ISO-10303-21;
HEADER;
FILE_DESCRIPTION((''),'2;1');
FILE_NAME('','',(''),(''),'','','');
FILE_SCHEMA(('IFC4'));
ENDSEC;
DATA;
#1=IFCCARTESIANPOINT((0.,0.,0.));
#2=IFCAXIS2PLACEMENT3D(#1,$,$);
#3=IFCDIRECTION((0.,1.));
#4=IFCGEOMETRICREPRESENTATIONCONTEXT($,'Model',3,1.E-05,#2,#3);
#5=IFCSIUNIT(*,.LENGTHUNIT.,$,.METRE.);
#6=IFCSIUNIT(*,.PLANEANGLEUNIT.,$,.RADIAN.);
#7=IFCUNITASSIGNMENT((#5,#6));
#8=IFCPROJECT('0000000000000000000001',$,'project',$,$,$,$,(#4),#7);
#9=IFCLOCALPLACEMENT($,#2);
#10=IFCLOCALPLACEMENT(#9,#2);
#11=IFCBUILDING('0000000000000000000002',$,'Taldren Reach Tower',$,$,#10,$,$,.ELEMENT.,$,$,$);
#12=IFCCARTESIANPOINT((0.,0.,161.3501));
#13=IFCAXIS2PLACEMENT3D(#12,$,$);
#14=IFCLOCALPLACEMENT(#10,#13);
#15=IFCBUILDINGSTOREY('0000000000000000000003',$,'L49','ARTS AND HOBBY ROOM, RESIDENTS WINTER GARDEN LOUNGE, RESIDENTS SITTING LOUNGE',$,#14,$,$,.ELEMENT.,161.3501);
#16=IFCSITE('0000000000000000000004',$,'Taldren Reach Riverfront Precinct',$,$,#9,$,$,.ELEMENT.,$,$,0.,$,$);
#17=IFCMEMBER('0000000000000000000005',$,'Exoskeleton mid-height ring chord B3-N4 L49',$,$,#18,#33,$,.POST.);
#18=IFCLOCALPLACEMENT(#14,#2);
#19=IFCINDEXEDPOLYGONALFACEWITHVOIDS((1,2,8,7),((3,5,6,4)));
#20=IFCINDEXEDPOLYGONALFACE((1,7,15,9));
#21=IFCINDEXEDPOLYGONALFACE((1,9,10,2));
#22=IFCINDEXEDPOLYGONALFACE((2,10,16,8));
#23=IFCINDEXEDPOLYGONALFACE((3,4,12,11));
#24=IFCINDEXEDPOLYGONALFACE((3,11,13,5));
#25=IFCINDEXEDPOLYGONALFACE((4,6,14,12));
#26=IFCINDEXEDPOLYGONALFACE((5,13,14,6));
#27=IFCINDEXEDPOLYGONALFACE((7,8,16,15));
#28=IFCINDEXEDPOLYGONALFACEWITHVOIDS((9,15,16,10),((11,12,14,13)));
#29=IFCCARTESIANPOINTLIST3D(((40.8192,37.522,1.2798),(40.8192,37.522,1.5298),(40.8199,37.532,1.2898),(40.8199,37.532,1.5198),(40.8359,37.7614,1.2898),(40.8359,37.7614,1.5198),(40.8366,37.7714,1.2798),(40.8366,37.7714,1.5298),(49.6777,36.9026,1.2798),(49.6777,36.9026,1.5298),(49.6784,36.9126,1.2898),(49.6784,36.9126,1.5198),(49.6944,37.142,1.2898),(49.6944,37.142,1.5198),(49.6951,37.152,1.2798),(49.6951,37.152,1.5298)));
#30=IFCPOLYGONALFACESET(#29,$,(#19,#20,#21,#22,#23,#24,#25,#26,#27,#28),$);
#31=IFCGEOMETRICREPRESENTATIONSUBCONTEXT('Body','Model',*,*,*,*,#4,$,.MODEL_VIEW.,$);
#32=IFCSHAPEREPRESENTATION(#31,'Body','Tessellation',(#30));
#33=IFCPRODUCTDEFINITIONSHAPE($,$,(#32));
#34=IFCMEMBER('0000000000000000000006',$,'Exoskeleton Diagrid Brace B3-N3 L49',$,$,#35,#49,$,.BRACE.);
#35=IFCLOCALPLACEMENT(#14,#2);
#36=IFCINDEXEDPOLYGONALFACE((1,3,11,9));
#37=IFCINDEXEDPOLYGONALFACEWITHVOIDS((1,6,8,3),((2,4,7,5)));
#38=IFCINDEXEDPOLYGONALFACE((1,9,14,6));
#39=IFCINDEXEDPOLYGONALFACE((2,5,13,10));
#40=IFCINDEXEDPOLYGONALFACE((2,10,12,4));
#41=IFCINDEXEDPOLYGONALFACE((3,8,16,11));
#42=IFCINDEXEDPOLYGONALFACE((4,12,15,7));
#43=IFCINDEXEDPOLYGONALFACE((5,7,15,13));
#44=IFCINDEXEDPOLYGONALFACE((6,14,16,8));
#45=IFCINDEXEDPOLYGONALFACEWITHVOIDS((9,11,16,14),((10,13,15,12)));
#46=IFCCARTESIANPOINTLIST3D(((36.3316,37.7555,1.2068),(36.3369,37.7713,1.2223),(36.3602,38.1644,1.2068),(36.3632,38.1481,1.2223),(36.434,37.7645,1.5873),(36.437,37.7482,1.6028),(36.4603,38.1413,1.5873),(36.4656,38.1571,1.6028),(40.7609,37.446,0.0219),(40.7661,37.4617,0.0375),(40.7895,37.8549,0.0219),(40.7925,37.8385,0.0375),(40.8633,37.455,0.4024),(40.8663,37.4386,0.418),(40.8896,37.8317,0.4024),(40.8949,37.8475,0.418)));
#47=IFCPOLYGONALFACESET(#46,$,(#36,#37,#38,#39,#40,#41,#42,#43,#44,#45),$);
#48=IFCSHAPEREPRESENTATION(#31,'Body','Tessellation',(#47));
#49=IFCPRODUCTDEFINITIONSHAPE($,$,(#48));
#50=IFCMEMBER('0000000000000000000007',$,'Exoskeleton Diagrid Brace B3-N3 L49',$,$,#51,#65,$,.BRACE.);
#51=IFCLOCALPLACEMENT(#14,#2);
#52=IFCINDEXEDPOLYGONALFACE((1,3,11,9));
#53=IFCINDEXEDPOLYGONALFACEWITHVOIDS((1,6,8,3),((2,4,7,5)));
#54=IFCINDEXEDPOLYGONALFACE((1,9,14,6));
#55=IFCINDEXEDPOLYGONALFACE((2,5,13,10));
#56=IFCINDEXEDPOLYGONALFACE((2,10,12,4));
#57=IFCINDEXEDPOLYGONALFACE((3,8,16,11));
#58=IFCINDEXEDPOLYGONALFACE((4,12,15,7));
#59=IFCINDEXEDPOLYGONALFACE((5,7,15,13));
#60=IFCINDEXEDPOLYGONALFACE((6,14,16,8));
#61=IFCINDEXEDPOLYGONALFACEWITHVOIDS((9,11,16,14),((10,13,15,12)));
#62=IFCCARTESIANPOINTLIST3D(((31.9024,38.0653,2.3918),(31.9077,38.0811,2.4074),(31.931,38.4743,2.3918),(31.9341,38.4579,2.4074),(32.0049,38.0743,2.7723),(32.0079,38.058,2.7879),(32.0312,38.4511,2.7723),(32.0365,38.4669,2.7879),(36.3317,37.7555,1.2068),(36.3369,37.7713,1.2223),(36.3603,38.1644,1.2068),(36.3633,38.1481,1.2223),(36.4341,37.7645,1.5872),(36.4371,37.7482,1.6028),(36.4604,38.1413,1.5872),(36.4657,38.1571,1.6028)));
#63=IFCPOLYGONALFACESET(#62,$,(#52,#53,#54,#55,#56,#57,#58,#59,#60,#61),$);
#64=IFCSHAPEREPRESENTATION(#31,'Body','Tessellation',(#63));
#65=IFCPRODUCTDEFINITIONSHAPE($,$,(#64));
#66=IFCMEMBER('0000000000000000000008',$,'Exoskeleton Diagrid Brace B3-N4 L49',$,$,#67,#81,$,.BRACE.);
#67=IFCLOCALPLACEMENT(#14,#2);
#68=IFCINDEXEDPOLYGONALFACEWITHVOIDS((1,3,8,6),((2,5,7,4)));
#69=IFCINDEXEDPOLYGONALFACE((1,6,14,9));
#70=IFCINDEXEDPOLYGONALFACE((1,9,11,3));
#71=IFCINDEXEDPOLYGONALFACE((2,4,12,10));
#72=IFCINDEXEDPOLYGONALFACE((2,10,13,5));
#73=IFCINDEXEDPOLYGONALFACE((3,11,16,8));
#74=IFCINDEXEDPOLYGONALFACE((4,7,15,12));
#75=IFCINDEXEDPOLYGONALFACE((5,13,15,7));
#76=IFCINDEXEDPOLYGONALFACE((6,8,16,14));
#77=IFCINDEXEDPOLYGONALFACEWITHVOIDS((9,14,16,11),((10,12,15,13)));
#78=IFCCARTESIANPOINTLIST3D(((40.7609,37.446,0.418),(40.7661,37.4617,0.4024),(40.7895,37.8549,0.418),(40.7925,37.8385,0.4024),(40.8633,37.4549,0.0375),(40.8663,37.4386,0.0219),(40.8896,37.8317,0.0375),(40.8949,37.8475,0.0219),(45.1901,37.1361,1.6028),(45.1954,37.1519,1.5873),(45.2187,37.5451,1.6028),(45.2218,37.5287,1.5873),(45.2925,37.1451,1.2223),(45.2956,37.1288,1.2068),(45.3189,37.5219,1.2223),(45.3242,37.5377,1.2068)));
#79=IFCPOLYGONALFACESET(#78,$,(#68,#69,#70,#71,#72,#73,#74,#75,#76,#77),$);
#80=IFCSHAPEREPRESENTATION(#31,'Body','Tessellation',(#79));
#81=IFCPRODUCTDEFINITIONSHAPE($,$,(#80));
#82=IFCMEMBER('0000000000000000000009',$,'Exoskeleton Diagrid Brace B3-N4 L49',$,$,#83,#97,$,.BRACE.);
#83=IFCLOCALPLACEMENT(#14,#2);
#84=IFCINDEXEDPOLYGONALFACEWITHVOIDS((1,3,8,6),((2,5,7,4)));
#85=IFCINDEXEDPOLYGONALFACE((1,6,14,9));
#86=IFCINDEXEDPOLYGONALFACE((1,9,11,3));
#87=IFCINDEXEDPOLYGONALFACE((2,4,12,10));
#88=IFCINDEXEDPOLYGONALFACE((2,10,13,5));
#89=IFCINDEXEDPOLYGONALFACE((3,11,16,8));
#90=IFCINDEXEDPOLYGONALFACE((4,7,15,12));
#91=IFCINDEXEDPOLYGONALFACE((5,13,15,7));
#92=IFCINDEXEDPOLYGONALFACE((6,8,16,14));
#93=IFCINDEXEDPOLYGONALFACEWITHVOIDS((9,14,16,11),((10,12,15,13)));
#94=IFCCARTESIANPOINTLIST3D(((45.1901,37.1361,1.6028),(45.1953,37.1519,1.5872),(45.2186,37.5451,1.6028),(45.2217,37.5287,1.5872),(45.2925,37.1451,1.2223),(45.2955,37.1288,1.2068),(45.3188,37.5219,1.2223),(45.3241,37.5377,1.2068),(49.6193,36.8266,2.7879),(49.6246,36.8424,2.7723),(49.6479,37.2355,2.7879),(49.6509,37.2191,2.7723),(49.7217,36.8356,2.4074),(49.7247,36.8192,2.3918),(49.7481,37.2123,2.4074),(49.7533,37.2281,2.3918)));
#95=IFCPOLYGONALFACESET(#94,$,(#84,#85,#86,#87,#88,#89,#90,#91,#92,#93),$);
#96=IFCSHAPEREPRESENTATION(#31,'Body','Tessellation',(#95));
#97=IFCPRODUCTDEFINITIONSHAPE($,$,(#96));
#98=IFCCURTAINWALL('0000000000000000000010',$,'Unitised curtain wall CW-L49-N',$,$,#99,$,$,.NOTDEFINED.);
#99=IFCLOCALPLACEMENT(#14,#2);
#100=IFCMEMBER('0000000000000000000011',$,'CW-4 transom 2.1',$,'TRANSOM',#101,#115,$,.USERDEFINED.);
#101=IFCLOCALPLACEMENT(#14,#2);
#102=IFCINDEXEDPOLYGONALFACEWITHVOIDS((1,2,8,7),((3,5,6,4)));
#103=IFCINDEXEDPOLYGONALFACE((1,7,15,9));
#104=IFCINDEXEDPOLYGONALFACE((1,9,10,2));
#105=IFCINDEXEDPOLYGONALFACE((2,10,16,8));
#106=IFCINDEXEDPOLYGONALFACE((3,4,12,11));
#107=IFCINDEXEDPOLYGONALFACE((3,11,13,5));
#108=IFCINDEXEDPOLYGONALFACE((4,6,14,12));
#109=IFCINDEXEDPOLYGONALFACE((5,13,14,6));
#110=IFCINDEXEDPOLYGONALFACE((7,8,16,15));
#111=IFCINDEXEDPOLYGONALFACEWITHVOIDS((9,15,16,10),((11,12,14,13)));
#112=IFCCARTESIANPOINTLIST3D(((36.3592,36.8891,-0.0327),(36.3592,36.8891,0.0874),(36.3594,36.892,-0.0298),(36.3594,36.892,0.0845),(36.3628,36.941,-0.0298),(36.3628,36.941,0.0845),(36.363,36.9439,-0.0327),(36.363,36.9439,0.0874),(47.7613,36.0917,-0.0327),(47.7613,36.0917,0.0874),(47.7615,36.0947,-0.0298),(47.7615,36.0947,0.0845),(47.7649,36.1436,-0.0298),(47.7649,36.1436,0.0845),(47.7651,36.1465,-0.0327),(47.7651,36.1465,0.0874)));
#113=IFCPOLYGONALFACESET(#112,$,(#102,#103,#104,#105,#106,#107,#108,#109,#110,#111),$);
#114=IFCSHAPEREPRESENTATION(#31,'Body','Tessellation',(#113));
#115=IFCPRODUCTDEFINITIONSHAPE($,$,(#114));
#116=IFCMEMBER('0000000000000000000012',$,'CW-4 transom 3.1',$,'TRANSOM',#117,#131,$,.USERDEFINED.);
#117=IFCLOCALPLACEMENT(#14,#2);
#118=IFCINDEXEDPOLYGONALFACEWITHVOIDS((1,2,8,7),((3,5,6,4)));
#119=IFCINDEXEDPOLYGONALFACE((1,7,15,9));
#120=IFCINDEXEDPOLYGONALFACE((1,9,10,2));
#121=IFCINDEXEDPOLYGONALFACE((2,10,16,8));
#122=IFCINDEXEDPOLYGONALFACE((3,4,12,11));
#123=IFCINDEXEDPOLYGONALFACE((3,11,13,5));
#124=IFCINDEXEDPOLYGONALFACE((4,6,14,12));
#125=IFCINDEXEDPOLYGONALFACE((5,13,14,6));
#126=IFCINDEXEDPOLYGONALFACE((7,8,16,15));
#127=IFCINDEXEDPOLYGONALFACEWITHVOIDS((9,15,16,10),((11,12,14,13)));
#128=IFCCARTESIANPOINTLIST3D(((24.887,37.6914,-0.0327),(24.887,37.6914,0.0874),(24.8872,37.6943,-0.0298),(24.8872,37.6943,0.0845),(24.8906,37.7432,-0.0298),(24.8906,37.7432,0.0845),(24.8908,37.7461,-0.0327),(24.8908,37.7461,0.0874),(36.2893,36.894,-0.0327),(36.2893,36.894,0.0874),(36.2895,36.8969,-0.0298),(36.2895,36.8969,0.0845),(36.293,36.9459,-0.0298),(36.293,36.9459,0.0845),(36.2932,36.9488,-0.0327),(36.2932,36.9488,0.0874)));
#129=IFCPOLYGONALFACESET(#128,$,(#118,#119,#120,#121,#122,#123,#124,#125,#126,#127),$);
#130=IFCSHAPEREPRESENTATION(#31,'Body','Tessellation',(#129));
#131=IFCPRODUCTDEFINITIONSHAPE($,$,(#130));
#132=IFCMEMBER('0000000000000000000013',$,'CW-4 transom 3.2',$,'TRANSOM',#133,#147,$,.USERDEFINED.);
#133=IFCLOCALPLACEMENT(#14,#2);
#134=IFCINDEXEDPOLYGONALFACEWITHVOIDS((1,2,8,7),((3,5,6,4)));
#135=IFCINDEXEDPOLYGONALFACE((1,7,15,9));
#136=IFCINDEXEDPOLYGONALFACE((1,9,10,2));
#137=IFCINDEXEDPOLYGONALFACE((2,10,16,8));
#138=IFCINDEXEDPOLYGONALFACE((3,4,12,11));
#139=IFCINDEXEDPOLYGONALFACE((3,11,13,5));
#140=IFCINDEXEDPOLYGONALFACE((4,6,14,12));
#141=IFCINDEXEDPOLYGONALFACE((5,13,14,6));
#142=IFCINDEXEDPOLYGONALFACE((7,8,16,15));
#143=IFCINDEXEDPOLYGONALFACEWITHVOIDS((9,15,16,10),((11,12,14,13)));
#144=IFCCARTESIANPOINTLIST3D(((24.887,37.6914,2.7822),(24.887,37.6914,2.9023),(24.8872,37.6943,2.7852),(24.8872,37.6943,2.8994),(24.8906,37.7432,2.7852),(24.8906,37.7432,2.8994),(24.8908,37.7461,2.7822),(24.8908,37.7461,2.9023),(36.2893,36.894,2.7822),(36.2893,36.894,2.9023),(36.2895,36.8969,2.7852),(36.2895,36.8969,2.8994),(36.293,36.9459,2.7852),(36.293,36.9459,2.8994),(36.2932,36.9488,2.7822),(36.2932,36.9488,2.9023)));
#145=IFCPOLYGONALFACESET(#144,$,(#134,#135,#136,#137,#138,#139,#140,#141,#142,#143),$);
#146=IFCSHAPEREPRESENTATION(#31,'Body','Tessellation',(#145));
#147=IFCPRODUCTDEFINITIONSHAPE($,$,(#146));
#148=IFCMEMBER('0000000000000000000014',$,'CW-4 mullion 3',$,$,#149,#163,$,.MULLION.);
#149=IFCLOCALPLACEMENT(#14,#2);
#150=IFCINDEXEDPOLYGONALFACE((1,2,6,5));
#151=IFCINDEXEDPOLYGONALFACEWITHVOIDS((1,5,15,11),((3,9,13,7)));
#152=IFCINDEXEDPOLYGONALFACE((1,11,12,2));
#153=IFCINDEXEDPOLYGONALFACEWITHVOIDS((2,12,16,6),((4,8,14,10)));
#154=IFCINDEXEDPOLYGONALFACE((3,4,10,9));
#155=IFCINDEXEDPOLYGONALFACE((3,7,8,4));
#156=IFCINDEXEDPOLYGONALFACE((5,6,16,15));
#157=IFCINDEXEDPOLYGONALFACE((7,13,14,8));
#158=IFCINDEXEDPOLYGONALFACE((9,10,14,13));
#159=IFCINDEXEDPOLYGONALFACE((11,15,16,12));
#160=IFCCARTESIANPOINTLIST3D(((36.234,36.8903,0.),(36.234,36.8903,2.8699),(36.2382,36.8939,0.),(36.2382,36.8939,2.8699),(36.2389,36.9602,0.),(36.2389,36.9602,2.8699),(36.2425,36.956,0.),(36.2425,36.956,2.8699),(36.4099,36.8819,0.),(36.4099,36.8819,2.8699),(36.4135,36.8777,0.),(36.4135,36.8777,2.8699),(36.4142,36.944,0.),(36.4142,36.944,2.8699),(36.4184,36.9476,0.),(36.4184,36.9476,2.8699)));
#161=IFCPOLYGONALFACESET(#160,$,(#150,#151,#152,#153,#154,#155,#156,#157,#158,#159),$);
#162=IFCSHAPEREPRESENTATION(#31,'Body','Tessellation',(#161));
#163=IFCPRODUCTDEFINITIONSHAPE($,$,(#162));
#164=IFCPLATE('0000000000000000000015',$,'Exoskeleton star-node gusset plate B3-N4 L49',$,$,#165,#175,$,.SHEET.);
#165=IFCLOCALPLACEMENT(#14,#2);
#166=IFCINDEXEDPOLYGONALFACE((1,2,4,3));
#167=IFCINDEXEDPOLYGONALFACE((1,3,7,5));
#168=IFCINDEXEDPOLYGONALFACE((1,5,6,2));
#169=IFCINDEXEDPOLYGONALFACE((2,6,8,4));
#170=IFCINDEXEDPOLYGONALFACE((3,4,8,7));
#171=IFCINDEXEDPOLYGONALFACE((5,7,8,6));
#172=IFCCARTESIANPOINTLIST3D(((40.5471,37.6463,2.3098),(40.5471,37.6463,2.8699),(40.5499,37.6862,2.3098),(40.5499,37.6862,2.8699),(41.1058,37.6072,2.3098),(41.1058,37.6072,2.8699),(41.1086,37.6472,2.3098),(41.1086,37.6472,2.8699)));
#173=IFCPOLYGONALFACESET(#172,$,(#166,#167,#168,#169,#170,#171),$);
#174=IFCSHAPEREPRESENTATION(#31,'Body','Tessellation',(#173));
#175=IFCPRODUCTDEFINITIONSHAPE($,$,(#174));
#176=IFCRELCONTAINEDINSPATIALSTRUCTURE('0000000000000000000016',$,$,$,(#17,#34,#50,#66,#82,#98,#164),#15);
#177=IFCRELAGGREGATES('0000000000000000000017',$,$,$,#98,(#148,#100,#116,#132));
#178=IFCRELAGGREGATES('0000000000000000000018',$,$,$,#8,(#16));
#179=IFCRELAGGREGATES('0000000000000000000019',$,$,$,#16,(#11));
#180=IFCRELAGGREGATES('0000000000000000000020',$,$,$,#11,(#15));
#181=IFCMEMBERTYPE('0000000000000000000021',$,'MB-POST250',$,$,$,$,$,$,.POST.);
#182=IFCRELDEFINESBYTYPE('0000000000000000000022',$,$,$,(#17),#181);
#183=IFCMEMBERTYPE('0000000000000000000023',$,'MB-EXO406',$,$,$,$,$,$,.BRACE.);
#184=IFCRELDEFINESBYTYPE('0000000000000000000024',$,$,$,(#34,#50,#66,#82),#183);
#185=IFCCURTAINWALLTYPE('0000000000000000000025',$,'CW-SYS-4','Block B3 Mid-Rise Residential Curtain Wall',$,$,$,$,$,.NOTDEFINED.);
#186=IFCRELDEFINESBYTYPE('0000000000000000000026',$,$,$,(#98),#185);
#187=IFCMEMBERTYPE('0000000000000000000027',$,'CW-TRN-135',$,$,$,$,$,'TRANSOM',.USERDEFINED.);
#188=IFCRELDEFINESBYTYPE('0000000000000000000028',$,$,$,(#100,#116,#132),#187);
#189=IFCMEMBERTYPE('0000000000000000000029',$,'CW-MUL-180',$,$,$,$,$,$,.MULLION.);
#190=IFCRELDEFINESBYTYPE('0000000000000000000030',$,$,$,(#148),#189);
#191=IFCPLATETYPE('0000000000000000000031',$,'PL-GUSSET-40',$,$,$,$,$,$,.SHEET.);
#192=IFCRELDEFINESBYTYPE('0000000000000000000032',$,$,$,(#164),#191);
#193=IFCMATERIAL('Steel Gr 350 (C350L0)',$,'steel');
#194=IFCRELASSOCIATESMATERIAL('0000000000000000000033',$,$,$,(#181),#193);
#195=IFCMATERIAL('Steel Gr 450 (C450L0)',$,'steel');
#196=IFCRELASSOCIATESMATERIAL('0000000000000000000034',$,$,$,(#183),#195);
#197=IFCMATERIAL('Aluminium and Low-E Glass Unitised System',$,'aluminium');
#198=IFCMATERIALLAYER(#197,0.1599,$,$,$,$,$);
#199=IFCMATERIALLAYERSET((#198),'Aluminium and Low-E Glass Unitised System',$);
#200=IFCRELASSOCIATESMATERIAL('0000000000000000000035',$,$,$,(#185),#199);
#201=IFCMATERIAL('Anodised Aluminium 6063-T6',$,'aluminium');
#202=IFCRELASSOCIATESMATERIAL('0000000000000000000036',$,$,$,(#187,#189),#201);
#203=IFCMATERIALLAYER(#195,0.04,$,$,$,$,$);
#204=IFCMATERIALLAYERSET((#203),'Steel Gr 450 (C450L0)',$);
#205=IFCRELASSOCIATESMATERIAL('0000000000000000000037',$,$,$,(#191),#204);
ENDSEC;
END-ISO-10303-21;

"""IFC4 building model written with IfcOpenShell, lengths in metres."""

from ifc_helpers import new_model, si_unit, direction, frame, origin, origin_2d, place, context, subcontext, project, spatial, rectangle, hollow_rectangle, extrude, source, transform, mapped, material, layer, layer_set, material_profile, profile_set, type_object, element, aggregate, save


model = new_model("IFC4")

# Units and contexts
model_context = context("Model", 3, precision=1e-05, world=origin(), true_north=direction((0.0, 1.0)))
body_context = subcontext(model_context, "Body", "Model", "MODEL_VIEW")
ifc_project = project(units=[si_unit("LENGTHUNIT", "METRE"), si_unit("PLANEANGLEUNIT", "RADIAN")], contexts=[model_context])

# Site, building, storey
site_placement = place(None, origin())
site = spatial("IfcSite", under=ifc_project, at=site_placement, Name="Taldren Reach Riverfront Precinct", CompositionType="ELEMENT", RefElevation=0.0)
building_placement = place(site_placement, origin())
building = spatial("IfcBuilding", under=site, at=building_placement, Name="Taldren Reach Tower", CompositionType="ELEMENT")
storey_placement = place(building_placement, frame((0.0, 0.0, 161.3501)))
storey = spatial("IfcBuildingStorey", under=building, at=storey_placement, Name="L49", Description="ARTS AND HOBBY ROOM, RESIDENTS WINTER GARDEN LOUNGE, RESIDENTS SITTING LOUNGE", CompositionType="ELEMENT", Elevation=161.3501)

# Shared definitions
ifc_material_1 = material(Name="Steel Gr 450 (C450L0)", Category="steel")

# Shared definitions
ifc_material_2 = material(Name="Steel Gr 350 (C350L0)", Category="steel")
ifc_material_profile_1 = material_profile(ifc_material_2, hollow_rectangle(XDim=0.25, YDim=0.25, WallThickness=0.01, at=origin_2d()), Name="250x250x10.0SHS")
ifc_profile_set_1 = profile_set([ifc_material_profile_1], Name="Steel Gr 350 (C350L0)")
member_type_1 = type_object("IfcMemberType", Name="MB-POST250", PredefinedType="POST", material=ifc_profile_set_1)

# Members
shared_shape_1 = source(origin(), body_context, "Body", "SweptSolid", [
    extrude(hollow_rectangle(XDim=0.25, YDim=0.25, WallThickness=0.01, at=origin_2d()), origin(), (0.0, 0.0, 1.0), 8.8801),
])
member_1_placement = place(storey_placement, frame((40.8279, 37.6467, 1.4048), z_axis=(0.997564, -0.06975, 0.0), x_axis=(0.06975, 0.997564, 0.0)))
element("IfcMember", 1, at=member_1_placement, inside=storey, type_object=member_type_1, Name="Exoskeleton mid-height ring chord B3-N4 L49", PredefinedType="POST", context=body_context, shape_type="MappedRepresentation", body=[
    mapped(shared_shape_1, transform((0.0, 0.0, 0.0), scale=1.0)),
])
ifc_material_profile_2 = material_profile(ifc_material_1, hollow_rectangle(XDim=0.4099, YDim=0.4099, WallThickness=0.0161, at=origin_2d()), Name="410x410x16.0SHS")
ifc_profile_set_2 = profile_set([ifc_material_profile_2], Name="Steel Gr 450 (C450L0)")
member_type_2 = type_object("IfcMemberType", Name="MB-EXO406", PredefinedType="BRACE", material=ifc_profile_set_2)
shared_shape_2 = source(origin(), body_context, "Body", "SweptSolid", [
    extrude(hollow_rectangle(XDim=0.4099, YDim=0.4099, WallThickness=0.0161, at=origin_2d()), origin(), (0.0, 0.0, 1.0), 4.5955),
])
for number, where, z_axis, x_axis, name in (
    (2, (40.8279, 37.6467, 0.22), (-0.96384, 0.067366, 0.257828), (-0.069723, -0.997566, 0.0), "Exoskeleton Diagrid Brace B3-N3 L49"),
    (3, (36.3987, 37.9563, 1.4048), (-0.963823, 0.067418, 0.257877), (-0.069778, -0.997563, 0.0), "Exoskeleton Diagrid Brace B3-N3 L49"),
    (4, (40.8279, 37.6467, 0.22), (0.963836, -0.067419, 0.257827), (0.069778, 0.997563, 0.0), "Exoskeleton Diagrid Brace B3-N4 L49"),
    (5, (45.2571, 37.3369, 1.4048), (0.963826, -0.067365, 0.257877), (0.069723, 0.997566, 0.0), "Exoskeleton Diagrid Brace B3-N4 L49"),
):
    element("IfcMember", number, at=place(storey_placement, frame(where, z_axis=z_axis, x_axis=x_axis)), inside=storey, type_object=member_type_2, Name=name, PredefinedType="BRACE", context=body_context, shape_type="MappedRepresentation", body=[
        mapped(shared_shape_2, transform((0.0, 0.0, 0.0), scale=1.0)),
    ])

# Curtain wall, members
ifc_material_3 = material(Name="Aluminium and Low-E Glass Unitised System", Category="aluminium")
ifc_layer_1 = layer(ifc_material_3, 0.1599)
ifc_layer_set_1 = layer_set([ifc_layer_1], Name="Aluminium and Low-E Glass Unitised System")
curtain_wall_type = type_object("IfcCurtainWallType", Name="CW-SYS-4", Description="Block B3 Mid-Rise Residential Curtain Wall", PredefinedType="NOTDEFINED", material=ifc_layer_set_1)
curtain_wall_placement = place(storey_placement, origin())
curtain_wall = element("IfcCurtainWall", 6, at=curtain_wall_placement, inside=storey, type_object=curtain_wall_type, Name="Unitised curtain wall CW-L49-N", PredefinedType="NOTDEFINED")
ifc_material_4 = material(Name="Anodised Aluminium 6063-T6", Category="aluminium")
ifc_material_profile_3 = material_profile(ifc_material_4, hollow_rectangle(XDim=0.0549, YDim=0.1201, WallThickness=0.0029, at=origin_2d()), Name="ALU-120x55x3RHS")
ifc_profile_set_3 = profile_set([ifc_material_profile_3], Name="Anodised Aluminium 6063-T6")
member_type_3 = type_object("IfcMemberType", Name="CW-TRN-135", ElementType="TRANSOM", PredefinedType="USERDEFINED", material=ifc_profile_set_3)
shared_shape_3 = source(origin(), body_context, "Body", "SweptSolid", [
    extrude(hollow_rectangle(XDim=0.0549, YDim=0.1201, WallThickness=0.0029, at=origin_2d()), origin(), (0.0, 0.0, 1.0), 11.4299),
])
member_2_placement = place(storey_placement, frame((47.7632, 36.1191, 0.0273), z_axis=(-0.997564, 0.069761, 0.0), x_axis=(-0.069761, -0.997564, 0.0)))
member_2 = element("IfcMember", 7, at=member_2_placement, type_object=member_type_3, Name="CW-4 transom 2.1", ObjectType="TRANSOM", PredefinedType="USERDEFINED", context=body_context, shape_type="MappedRepresentation", body=[
    mapped(shared_shape_3, transform((0.0, 0.0, 0.0), scale=1.0)),
])
shared_shape_4 = source(origin(), body_context, "Body", "SweptSolid", [
    extrude(hollow_rectangle(XDim=0.0549, YDim=0.1201, WallThickness=0.0029, at=origin_2d()), origin(), (0.0, 0.0, 1.0), 11.4302),
])
member_3_placement = place(storey_placement, frame((36.2913, 36.9214, 0.0273), z_axis=(-0.997564, 0.069759, 0.0), x_axis=(-0.069759, -0.997564, 0.0)))
member_3 = element("IfcMember", 8, at=member_3_placement, type_object=member_type_3, Name="CW-4 transom 3.1", ObjectType="TRANSOM", PredefinedType="USERDEFINED", context=body_context, shape_type="MappedRepresentation", body=[
    mapped(shared_shape_4, transform((0.0, 0.0, 0.0), scale=1.0)),
])
member_4_placement = place(storey_placement, frame((36.2913, 36.9214, 2.8423), z_axis=(-0.997564, 0.069759, 0.0), x_axis=(-0.069759, -0.997564, 0.0)))
member_4 = element("IfcMember", 9, at=member_4_placement, type_object=member_type_3, Name="CW-4 transom 3.2", ObjectType="TRANSOM", PredefinedType="USERDEFINED", context=body_context, shape_type="MappedRepresentation", body=[
    mapped(shared_shape_4, transform((0.0, 0.0, 0.0), scale=1.0)),
])
ifc_material_profile_4 = material_profile(ifc_material_4, hollow_rectangle(XDim=0.0701, YDim=0.1799, WallThickness=0.0039, at=origin_2d()), Name="ALU-180x70x4RHS")
ifc_profile_set_4 = profile_set([ifc_material_profile_4], Name="Anodised Aluminium 6063-T6")
member_type_4 = type_object("IfcMemberType", Name="CW-MUL-180", PredefinedType="MULLION", material=ifc_profile_set_4)
shared_shape_5 = source(origin(), body_context, "Body", "SweptSolid", [
    extrude(hollow_rectangle(XDim=0.0701, YDim=0.1799, WallThickness=0.0039, at=origin_2d()), origin(), (0.0, 0.0, 1.0), 2.8699),
])
member_5_placement = place(storey_placement, frame((36.3262, 36.9189, 0.0), z_axis=(0.0, 0.0, 1.0), x_axis=(-0.069757, -0.997564, 0.0)))
member_5 = element("IfcMember", 10, at=member_5_placement, type_object=member_type_4, Name="CW-4 mullion 3", PredefinedType="MULLION", context=body_context, shape_type="MappedRepresentation", body=[
    mapped(shared_shape_5, transform((0.0, 0.0, 0.0), scale=1.0)),
])

# Plate
ifc_layer_2 = layer(ifc_material_1, 0.04)
ifc_layer_set_2 = layer_set([ifc_layer_2], Name="Steel Gr 450 (C450L0)")
plate_type_1 = type_object("IfcPlateType", Name="PL-GUSSET-40", PredefinedType="SHEET", material=ifc_layer_set_2)
shared_shape_6 = source(origin(), body_context, "Body", "SweptSolid", [
    extrude(rectangle(XDim=0.5601, YDim=0.04, at=origin_2d()), origin(), (0.0, 0.0, 1.0), 0.5601),
])
plate_1_placement = place(storey_placement, frame((40.8279, 37.6467, 2.3098), z_axis=(0.0, 0.0, 1.0), x_axis=(0.997564, -0.069756, 0.0)))
element("IfcPlate", 11, at=plate_1_placement, inside=storey, type_object=plate_type_1, Name="Exoskeleton star-node gusset plate B3-N4 L49", PredefinedType="SHEET", context=body_context, shape_type="MappedRepresentation", body=[
    mapped(shared_shape_6, transform((0.0, 0.0, 0.0), scale=1.0)),
])
aggregate(curtain_wall, [member_5, member_2, member_3, member_4])

save(model, "model.ifc")
